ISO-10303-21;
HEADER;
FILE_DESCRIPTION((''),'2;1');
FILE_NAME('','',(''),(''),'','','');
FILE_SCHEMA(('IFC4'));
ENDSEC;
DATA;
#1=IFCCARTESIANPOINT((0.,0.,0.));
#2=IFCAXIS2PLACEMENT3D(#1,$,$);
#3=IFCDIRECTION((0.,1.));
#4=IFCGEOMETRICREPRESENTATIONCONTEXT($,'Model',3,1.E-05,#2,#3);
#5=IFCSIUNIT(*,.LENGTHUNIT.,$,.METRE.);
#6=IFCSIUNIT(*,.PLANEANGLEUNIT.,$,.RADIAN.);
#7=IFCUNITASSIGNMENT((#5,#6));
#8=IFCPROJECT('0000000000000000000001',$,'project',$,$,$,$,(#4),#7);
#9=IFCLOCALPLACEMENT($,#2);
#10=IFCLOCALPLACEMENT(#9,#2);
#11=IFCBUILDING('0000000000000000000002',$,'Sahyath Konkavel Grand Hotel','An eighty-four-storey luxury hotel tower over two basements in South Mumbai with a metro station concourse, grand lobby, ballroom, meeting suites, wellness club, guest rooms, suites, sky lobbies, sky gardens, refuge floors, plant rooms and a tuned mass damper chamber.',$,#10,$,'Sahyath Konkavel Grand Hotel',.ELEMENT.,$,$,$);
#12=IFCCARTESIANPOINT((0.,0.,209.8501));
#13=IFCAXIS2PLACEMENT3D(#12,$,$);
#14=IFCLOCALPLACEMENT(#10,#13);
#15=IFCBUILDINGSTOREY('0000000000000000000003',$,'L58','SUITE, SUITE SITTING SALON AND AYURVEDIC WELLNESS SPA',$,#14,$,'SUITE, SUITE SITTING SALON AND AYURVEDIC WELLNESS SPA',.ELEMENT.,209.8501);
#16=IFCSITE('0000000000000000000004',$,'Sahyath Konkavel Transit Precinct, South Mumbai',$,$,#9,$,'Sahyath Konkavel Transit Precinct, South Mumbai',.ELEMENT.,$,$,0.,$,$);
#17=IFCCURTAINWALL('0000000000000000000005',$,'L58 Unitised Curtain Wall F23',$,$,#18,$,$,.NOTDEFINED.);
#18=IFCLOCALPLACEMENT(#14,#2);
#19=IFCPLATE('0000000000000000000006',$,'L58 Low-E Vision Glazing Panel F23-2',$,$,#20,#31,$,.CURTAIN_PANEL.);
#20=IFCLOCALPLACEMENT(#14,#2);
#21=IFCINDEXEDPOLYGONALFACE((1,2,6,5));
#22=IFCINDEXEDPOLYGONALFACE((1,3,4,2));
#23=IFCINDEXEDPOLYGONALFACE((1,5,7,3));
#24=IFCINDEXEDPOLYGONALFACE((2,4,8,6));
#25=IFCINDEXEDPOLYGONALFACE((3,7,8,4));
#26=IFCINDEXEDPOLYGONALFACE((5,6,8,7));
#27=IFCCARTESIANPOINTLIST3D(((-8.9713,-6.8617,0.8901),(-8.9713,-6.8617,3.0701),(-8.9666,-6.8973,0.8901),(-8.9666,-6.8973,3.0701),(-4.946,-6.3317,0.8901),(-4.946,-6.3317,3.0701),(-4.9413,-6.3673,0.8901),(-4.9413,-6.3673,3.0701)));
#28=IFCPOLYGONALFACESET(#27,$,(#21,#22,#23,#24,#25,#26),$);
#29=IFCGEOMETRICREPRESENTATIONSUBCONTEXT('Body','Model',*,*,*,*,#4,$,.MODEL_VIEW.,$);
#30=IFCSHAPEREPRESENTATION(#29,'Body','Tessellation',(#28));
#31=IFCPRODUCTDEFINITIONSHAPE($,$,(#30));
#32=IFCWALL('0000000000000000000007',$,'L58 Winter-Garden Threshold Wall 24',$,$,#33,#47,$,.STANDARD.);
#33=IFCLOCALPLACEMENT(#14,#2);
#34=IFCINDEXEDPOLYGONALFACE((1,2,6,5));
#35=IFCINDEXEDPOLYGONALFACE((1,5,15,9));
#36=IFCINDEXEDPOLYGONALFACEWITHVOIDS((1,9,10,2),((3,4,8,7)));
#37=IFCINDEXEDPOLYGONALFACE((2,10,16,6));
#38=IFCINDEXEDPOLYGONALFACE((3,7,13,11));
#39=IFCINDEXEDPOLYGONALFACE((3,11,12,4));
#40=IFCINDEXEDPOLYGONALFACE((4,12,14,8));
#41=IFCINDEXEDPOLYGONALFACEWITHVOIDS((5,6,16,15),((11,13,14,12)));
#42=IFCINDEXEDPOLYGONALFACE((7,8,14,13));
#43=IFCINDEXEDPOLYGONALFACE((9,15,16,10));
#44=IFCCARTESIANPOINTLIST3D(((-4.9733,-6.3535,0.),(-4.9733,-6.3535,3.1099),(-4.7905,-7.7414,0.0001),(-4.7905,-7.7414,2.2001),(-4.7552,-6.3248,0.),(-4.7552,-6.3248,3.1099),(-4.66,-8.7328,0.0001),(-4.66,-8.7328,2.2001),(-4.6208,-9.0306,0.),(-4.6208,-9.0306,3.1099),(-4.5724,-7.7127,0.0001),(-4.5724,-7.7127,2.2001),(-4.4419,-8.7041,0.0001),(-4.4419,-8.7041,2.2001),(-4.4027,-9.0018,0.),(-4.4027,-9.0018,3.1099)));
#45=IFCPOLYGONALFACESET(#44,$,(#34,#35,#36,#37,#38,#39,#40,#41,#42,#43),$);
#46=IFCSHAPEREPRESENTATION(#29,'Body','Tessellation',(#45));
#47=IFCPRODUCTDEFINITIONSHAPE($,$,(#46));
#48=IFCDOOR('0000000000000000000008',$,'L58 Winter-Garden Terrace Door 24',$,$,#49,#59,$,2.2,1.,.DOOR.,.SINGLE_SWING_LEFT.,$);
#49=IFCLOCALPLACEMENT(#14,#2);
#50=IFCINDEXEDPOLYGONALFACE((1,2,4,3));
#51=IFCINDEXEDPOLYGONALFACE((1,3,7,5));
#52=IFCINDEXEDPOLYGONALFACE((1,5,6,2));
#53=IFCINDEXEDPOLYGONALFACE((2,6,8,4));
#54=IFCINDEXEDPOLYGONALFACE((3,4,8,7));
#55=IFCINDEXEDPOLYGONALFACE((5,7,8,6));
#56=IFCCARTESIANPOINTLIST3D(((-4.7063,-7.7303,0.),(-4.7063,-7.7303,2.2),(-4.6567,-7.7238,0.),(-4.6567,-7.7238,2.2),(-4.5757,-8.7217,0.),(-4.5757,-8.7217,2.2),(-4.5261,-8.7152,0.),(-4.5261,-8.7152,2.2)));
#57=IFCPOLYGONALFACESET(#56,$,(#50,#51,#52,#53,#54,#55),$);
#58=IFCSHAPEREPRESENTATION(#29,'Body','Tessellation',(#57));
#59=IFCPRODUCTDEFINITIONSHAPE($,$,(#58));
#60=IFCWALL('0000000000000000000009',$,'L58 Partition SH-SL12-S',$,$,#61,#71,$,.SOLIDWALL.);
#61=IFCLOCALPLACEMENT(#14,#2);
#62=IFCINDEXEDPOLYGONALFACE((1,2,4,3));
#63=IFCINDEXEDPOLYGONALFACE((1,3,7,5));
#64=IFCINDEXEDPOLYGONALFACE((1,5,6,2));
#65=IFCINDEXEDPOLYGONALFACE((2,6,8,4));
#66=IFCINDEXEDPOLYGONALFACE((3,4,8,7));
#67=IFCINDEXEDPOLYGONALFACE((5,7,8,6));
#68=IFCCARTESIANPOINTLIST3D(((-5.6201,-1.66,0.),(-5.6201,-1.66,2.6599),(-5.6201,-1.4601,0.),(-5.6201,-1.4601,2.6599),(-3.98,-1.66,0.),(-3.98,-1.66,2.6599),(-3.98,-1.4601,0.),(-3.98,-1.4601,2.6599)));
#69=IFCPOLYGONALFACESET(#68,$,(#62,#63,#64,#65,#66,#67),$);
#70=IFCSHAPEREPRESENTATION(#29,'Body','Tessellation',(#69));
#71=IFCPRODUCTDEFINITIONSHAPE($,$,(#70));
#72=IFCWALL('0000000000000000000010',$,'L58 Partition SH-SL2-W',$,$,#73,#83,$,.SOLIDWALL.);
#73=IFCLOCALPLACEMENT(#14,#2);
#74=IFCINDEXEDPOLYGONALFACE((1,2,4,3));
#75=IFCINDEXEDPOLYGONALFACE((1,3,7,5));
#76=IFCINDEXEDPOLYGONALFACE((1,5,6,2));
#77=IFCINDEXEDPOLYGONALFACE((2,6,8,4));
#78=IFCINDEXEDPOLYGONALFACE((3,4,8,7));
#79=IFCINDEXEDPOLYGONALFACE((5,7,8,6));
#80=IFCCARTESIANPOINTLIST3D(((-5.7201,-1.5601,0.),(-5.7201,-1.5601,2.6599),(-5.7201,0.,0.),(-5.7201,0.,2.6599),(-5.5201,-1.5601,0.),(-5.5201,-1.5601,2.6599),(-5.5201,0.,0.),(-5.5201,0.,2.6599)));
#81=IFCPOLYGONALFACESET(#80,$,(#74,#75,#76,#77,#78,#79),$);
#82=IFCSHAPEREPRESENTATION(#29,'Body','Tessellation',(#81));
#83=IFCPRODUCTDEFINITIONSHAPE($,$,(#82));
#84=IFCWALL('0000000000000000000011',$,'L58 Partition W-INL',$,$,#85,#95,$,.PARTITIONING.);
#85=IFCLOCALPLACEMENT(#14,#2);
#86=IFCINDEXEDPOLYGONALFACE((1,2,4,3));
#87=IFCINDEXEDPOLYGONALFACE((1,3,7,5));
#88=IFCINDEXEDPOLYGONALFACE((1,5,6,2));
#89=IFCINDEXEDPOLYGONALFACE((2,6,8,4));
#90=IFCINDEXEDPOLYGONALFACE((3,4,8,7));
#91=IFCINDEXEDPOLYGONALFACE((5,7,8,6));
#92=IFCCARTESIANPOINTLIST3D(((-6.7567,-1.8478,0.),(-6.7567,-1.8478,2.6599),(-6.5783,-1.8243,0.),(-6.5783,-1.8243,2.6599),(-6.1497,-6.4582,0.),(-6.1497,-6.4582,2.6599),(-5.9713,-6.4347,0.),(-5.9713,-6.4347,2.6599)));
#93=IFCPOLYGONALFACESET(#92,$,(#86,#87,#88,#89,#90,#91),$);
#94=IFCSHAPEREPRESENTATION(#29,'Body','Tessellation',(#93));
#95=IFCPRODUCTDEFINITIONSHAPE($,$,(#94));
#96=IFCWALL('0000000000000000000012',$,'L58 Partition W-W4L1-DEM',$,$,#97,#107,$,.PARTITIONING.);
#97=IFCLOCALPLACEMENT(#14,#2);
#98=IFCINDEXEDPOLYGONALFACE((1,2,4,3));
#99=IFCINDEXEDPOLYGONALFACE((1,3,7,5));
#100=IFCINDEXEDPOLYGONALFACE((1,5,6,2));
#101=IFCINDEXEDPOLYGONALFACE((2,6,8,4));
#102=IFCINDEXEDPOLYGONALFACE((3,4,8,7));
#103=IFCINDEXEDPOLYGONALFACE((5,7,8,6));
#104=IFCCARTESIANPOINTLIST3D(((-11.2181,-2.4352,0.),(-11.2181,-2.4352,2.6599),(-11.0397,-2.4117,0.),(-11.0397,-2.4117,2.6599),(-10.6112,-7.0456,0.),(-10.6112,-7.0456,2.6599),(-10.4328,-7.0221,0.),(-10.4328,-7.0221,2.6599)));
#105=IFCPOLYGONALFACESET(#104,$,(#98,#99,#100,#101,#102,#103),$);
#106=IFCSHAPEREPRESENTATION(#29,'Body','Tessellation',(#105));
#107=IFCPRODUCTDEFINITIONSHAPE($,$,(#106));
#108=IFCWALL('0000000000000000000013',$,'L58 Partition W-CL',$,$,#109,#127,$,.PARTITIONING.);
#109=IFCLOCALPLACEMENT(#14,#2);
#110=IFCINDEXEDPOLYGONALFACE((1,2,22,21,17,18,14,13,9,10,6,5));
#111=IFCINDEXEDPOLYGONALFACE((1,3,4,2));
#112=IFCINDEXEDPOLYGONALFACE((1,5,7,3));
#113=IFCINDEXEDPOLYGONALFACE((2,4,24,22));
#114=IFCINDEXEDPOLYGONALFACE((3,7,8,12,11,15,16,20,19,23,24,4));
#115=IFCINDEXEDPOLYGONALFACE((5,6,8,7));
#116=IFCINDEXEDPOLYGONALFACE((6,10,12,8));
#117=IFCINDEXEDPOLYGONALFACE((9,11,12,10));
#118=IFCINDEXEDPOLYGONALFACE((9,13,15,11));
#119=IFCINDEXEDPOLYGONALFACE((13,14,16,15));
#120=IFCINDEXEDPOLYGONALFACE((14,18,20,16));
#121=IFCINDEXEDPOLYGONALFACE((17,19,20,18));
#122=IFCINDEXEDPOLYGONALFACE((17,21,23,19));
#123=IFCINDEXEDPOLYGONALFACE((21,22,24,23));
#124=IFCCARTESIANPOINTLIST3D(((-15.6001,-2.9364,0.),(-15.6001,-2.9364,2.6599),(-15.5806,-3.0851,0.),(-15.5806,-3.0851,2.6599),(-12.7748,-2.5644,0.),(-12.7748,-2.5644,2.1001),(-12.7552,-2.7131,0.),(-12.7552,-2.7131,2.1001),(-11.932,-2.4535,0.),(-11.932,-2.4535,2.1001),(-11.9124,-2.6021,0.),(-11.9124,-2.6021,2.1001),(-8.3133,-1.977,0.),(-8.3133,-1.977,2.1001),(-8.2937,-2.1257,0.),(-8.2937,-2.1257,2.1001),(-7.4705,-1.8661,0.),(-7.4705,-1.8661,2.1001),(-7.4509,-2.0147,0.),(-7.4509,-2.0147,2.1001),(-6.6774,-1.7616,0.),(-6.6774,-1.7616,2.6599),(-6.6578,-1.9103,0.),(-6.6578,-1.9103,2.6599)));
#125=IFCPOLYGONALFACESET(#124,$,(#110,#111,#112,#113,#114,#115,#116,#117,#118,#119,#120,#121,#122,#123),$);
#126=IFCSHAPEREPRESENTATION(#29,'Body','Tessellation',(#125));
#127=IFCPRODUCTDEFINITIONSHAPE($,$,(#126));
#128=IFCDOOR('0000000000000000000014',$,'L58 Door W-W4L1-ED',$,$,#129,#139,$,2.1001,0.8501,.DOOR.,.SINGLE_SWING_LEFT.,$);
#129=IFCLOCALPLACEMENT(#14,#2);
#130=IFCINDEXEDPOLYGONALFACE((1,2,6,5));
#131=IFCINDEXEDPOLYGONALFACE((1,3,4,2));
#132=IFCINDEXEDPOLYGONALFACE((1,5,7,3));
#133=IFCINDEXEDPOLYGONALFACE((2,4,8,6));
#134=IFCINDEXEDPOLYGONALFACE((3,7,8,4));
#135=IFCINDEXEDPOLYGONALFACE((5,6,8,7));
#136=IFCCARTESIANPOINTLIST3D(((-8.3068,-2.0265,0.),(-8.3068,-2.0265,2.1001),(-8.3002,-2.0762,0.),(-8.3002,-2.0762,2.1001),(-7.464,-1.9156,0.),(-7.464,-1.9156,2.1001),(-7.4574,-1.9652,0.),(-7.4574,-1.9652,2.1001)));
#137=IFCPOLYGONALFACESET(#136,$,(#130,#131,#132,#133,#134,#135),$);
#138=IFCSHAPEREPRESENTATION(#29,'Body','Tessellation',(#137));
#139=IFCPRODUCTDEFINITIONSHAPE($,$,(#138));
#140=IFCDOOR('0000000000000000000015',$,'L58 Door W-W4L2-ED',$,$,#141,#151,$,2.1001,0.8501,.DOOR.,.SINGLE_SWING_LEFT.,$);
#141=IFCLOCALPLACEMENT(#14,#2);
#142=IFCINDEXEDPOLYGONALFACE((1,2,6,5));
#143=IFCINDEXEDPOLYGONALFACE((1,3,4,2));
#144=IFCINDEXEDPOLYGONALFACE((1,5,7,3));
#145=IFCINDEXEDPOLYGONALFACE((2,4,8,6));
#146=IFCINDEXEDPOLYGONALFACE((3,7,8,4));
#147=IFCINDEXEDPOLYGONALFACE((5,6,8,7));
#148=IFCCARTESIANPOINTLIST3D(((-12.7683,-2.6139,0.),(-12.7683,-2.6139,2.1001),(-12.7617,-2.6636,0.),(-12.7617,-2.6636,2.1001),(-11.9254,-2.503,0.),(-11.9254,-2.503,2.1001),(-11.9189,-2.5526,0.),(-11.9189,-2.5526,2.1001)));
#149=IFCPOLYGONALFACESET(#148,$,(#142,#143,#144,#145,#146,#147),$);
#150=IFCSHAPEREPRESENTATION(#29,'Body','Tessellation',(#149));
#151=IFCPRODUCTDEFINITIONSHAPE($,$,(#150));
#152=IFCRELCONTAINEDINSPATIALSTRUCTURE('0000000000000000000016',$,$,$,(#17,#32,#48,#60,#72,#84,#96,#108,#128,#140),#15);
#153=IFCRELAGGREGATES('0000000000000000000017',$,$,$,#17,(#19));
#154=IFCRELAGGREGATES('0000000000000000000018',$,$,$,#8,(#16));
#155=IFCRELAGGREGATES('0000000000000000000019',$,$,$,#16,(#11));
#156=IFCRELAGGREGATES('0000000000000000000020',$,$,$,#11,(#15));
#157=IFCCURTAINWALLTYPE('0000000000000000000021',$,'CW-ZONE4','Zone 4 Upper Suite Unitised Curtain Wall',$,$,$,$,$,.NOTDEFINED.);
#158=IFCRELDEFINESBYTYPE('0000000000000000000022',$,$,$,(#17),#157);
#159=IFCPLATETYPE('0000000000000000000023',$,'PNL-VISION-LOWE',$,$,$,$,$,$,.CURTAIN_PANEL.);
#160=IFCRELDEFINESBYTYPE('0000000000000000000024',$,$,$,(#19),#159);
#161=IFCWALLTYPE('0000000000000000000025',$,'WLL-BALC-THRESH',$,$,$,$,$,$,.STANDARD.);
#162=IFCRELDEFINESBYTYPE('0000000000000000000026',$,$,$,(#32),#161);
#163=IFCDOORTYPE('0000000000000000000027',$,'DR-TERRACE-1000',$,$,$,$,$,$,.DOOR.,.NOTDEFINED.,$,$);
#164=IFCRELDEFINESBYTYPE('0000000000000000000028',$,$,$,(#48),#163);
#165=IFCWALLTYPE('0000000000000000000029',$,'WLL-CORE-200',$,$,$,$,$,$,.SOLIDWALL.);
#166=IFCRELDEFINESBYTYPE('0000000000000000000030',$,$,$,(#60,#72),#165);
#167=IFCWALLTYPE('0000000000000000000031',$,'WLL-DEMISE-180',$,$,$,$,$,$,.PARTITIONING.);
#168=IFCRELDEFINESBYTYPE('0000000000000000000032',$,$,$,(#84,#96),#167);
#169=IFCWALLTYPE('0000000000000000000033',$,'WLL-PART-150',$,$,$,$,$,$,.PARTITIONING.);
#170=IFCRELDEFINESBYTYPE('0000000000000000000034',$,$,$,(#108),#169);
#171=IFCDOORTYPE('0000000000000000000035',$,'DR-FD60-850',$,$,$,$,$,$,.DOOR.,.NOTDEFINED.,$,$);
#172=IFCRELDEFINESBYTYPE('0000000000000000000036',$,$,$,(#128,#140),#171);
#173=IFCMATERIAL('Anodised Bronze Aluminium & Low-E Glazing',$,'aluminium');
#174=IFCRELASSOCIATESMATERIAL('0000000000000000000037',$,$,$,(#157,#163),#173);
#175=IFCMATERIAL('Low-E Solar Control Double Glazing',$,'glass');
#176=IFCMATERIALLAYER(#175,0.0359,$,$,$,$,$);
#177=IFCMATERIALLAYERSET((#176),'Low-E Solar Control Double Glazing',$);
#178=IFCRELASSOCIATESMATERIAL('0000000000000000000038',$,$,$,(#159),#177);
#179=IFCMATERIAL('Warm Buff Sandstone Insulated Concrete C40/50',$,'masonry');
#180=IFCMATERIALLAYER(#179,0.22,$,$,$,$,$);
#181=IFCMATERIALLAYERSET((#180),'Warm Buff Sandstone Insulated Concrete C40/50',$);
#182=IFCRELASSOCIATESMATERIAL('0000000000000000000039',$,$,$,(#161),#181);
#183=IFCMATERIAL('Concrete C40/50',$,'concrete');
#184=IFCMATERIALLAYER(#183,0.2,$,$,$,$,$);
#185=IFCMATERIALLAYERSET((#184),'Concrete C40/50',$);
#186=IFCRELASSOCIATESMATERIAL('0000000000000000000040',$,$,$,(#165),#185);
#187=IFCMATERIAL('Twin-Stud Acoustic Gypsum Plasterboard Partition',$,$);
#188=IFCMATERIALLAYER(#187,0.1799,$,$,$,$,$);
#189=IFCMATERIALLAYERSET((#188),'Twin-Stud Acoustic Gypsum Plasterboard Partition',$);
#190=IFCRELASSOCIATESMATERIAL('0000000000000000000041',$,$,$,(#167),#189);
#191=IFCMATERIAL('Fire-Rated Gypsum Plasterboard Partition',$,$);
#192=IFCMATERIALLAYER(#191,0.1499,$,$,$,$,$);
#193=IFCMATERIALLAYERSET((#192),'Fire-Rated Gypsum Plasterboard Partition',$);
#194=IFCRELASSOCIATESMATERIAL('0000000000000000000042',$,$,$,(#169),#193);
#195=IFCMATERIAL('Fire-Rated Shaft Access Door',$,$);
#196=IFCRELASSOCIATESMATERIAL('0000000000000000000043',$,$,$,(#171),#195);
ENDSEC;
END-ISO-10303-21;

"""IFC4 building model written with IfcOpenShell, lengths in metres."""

from ifc_helpers import new_model, si_unit, direction, frame, frame_2d, origin, origin_2d, place, context, subcontext, project, spatial, rectangle, extrude, source, transform, mapped, material, layer, layer_set, type_object, element, fill, aggregate, save


model = new_model("IFC4")

# Units and contexts
model_context = context("Model", 3, precision=1e-05, world=origin(), true_north=direction((0.0, 1.0)))
body_context = subcontext(model_context, "Body", "Model", "MODEL_VIEW")
ifc_project = project(units=[si_unit("LENGTHUNIT", "METRE"), si_unit("PLANEANGLEUNIT", "RADIAN")], contexts=[model_context])

# Site, building, storey
site_placement = place(None, origin())
site = spatial("IfcSite", under=ifc_project, at=site_placement, Name="Sahyath Konkavel Transit Precinct, South Mumbai", LongName="Sahyath Konkavel Transit Precinct, South Mumbai", CompositionType="ELEMENT", RefElevation=0.0)
building_placement = place(site_placement, origin())
building = spatial("IfcBuilding", under=site, at=building_placement, Name="Sahyath Konkavel Grand Hotel", Description="An eighty-four-storey luxury hotel tower over two basements in South Mumbai with a metro station concourse, grand lobby, ballroom, meeting suites, wellness club, guest rooms, suites, sky lobbies, sky gardens, refuge floors, plant rooms and a tuned mass damper chamber.", LongName="Sahyath Konkavel Grand Hotel", CompositionType="ELEMENT")
storey_placement = place(building_placement, frame((0.0, 0.0, 209.8501)))
storey = spatial("IfcBuildingStorey", under=building, at=storey_placement, Name="L58", Description="SUITE, SUITE SITTING SALON AND AYURVEDIC WELLNESS SPA", LongName="SUITE, SUITE SITTING SALON AND AYURVEDIC WELLNESS SPA", CompositionType="ELEMENT", Elevation=209.8501)

# Shared definitions
ifc_material_1 = material(Name="Concrete C40/50", Category="concrete")

# Curtain wall
ifc_material_2 = material(Name="Anodised Bronze Aluminium & Low-E Glazing", Category="aluminium")
curtain_wall_type = type_object("IfcCurtainWallType", Name="CW-ZONE4", Description="Zone 4 Upper Suite Unitised Curtain Wall", PredefinedType="NOTDEFINED", material=ifc_material_2)
curtain_wall_1_placement = place(storey_placement, origin())
curtain_wall_1 = element("IfcCurtainWall", 1, at=curtain_wall_1_placement, inside=storey, type_object=curtain_wall_type, Name="L58 Unitised Curtain Wall F23", PredefinedType="NOTDEFINED")

# Plate
ifc_material_3 = material(Name="Low-E Solar Control Double Glazing", Category="glass")
ifc_layer_1 = layer(ifc_material_3, 0.0359)
ifc_layer_set_1 = layer_set([ifc_layer_1], Name="Low-E Solar Control Double Glazing")
plate_type_1 = type_object("IfcPlateType", Name="PNL-VISION-LOWE", PredefinedType="CURTAIN_PANEL", material=ifc_layer_set_1)
shared_shape_1 = source(origin(), body_context, "Body", "SweptSolid", [
    extrude(rectangle(XDim=4.0601, YDim=0.0359, at=origin_2d()), origin(), (0.0, 0.0, 1.0), 2.1799),
])
plate_1_placement = place(storey_placement, frame((-6.9563, -6.6145, 0.8901), z_axis=(0.0, 0.0, 1.0), x_axis=(0.991445, 0.130526, 0.0)))
plate_1 = element("IfcPlate", 2, at=plate_1_placement, type_object=plate_type_1, Name="L58 Low-E Vision Glazing Panel F23-2", PredefinedType="CURTAIN_PANEL", context=body_context, shape_type="MappedRepresentation", body=[
    mapped(shared_shape_1, transform((0.0, 0.0, 0.0), scale=1.0)),
])
aggregate(curtain_wall_1, [plate_1])

# Wall, opening, door
ifc_material_4 = material(Name="Warm Buff Sandstone Insulated Concrete C40/50", Category="masonry")
ifc_layer_2 = layer(ifc_material_4, 0.22)
ifc_layer_set_2 = layer_set([ifc_layer_2], Name="Warm Buff Sandstone Insulated Concrete C40/50")
wall_type_1 = type_object("IfcWallType", Name="WLL-BALC-THRESH", PredefinedType="STANDARD", material=ifc_layer_set_2)
wall_1_placement = place(storey_placement, frame((-4.8643, -6.3391, 0.0), z_axis=(0.0, 0.0, 1.0), x_axis=(0.130564, -0.99144, 0.0)))
wall_1 = element("IfcWall", 3, at=wall_1_placement, inside=storey, type_object=wall_type_1, Name="L58 Winter-Garden Threshold Wall 24", PredefinedType="STANDARD", context=body_context, shape_type="SweptSolid", body=[
    extrude(rectangle(XDim=2.7002, YDim=0.22, at=frame_2d((1.3501, 0.0))), origin(), (0.0, 0.0, 1.0), 3.1099),
])
opening_1_placement = place(wall_1_placement, frame((1.3999, 0.0, 0.0)))
opening_1 = element("IfcOpeningElement", 4, at=opening_1_placement, cuts=wall_1, PredefinedType="OPENING", context=body_context, shape_type="SweptSolid", body=[
    extrude(rectangle(XDim=1.0, YDim=2.2, at=frame_2d((0.5, 1.1001))), frame((0.0, 0.1201, 0.0), z_axis=(0.0, -1.0, 0.0), x_axis=(1.0, 0.0, 0.0)), (0.0, 0.0, 1.0), 0.24),
])
door_type_1 = type_object("IfcDoorType", Name="DR-TERRACE-1000", OperationType="NOTDEFINED", PredefinedType="DOOR", material=ifc_material_2)
shared_shape_2 = source(origin(), body_context, "Body", "SweptSolid", [
    extrude(rectangle(XDim=1.0, YDim=0.05, at=origin_2d()), origin(), (0.0, 0.0, 1.0), 2.2),
])
door_1_placement = place(opening_1_placement, frame((0.5, 0.0, 0.0)))
door_1 = element("IfcDoor", 5, at=door_1_placement, inside=storey, type_object=door_type_1, Name="L58 Winter-Garden Terrace Door 24", OperationType="SINGLE_SWING_LEFT", OverallHeight=2.2, OverallWidth=1.0, PredefinedType="DOOR", context=body_context, shape_type="MappedRepresentation", body=[
    mapped(shared_shape_2, transform((0.0, 0.0, 0.0), scale=1.0)),
])
fill(opening_1, door_1)

# Walls
ifc_layer_3 = layer(ifc_material_1, 0.2)
ifc_layer_set_3 = layer_set([ifc_layer_3], Name="Concrete C40/50")
wall_type_2 = type_object("IfcWallType", Name="WLL-CORE-200", PredefinedType="SOLIDWALL", material=ifc_layer_set_3)
wall_2_placement = place(storey_placement, frame((-5.6201, -1.5601, 0.0), z_axis=(0.0, 0.0, 1.0), x_axis=(1.0, 0.0, 0.0)))
element("IfcWall", 6, at=wall_2_placement, inside=storey, type_object=wall_type_2, Name="L58 Partition SH-SL12-S", PredefinedType="SOLIDWALL", context=body_context, shape_type="SweptSolid", body=[
    extrude(rectangle(XDim=1.6401, YDim=0.2, at=frame_2d((0.8201, 0.0))), origin(), (0.0, 0.0, 1.0), 2.6599),
])
wall_3_placement = place(storey_placement, frame((-5.6201, -1.5601, 0.0), z_axis=(0.0, 0.0, 1.0), x_axis=(0.0, 1.0, 0.0)))
element("IfcWall", 7, at=wall_3_placement, inside=storey, type_object=wall_type_2, Name="L58 Partition SH-SL2-W", PredefinedType="SOLIDWALL", context=body_context, shape_type="SweptSolid", body=[
    extrude(rectangle(XDim=1.5601, YDim=0.2, at=frame_2d((0.78, 0.0))), origin(), (0.0, 0.0, 1.0), 2.6599),
])
ifc_material_5 = material(Name="Twin-Stud Acoustic Gypsum Plasterboard Partition")
ifc_layer_4 = layer(ifc_material_5, 0.1799)
ifc_layer_set_4 = layer_set([ifc_layer_4], Name="Twin-Stud Acoustic Gypsum Plasterboard Partition")
wall_type_3 = type_object("IfcWallType", Name="WLL-DEMISE-180", PredefinedType="PARTITIONING", material=ifc_layer_set_4)
for number, where, z_axis, x_axis, name in (
    (8, (-6.6675, -1.8359, 0.0), (0.0, 0.0, 1.0), (0.13052, -0.991446, 0.0), "L58 Partition W-INL"),
    (9, (-11.1289, -2.4233, 0.0), (0.0, 0.0, 1.0), (0.13052, -0.991446, 0.0), "L58 Partition W-W4L1-DEM"),
):
    element("IfcWall", number, at=place(storey_placement, frame(where, z_axis=z_axis, x_axis=x_axis)), inside=storey, type_object=wall_type_3, Name=name, PredefinedType="PARTITIONING", context=body_context, shape_type="SweptSolid", body=[
        extrude(rectangle(XDim=4.6501, YDim=0.1799, at=frame_2d((2.3252, 0.0))), origin(), (0.0, 0.0, 1.0), 2.6599),
    ])

# Wall, openings, doors
ifc_material_6 = material(Name="Fire-Rated Gypsum Plasterboard Partition")
ifc_layer_5 = layer(ifc_material_6, 0.1499)
ifc_layer_set_5 = layer_set([ifc_layer_5], Name="Fire-Rated Gypsum Plasterboard Partition")
wall_type_4 = type_object("IfcWallType", Name="WLL-PART-150", PredefinedType="PARTITIONING", material=ifc_layer_set_5)
wall_4_placement = place(storey_placement, frame((-6.6675, -1.8359, 0.0), z_axis=(0.0, 0.0, 1.0), x_axis=(-0.991444, -0.130536, 0.0)))
wall_4 = element("IfcWall", 10, at=wall_4_placement, inside=storey, type_object=wall_type_4, Name="L58 Partition W-CL", PredefinedType="PARTITIONING", context=body_context, shape_type="SweptSolid", body=[
    extrude(rectangle(XDim=8.9998, YDim=0.1499, at=frame_2d((4.5, 0.0))), origin(), (0.0, 0.0, 1.0), 2.6599),
])
opening_2_placement = place(wall_4_placement, frame((0.8, 0.0, 0.0)))
opening_2 = element("IfcOpeningElement", 11, at=opening_2_placement, cuts=wall_4, PredefinedType="OPENING", context=body_context, shape_type="SweptSolid", body=[
    extrude(rectangle(XDim=0.8501, YDim=2.1001, at=frame_2d((0.425, 1.05))), frame((0.0, 0.085, 0.0), z_axis=(0.0, -1.0, 0.0), x_axis=(1.0, 0.0, 0.0)), (0.0, 0.0, 1.0), 0.1699),
])
opening_3_placement = place(wall_4_placement, frame((5.3, 0.0, 0.0)))
opening_3 = element("IfcOpeningElement", 12, at=opening_3_placement, cuts=wall_4, PredefinedType="OPENING", context=body_context, shape_type="SweptSolid", body=[
    extrude(rectangle(XDim=0.8501, YDim=2.1001, at=frame_2d((0.425, 1.05))), frame((0.0, 0.085, 0.0), z_axis=(0.0, -1.0, 0.0), x_axis=(1.0, 0.0, 0.0)), (0.0, 0.0, 1.0), 0.1699),
])
ifc_material_7 = material(Name="Fire-Rated Shaft Access Door")
door_type_2 = type_object("IfcDoorType", Name="DR-FD60-850", OperationType="NOTDEFINED", PredefinedType="DOOR", material=ifc_material_7)
shared_shape_3 = source(origin(), body_context, "Body", "SweptSolid", [
    extrude(rectangle(XDim=0.8501, YDim=0.05, at=origin_2d()), origin(), (0.0, 0.0, 1.0), 2.1001),
])
door_2_placement = place(opening_2_placement, frame((0.425, 0.0, 0.0)))
door_2 = element("IfcDoor", 13, at=door_2_placement, inside=storey, type_object=door_type_2, Name="L58 Door W-W4L1-ED", OperationType="SINGLE_SWING_LEFT", OverallHeight=2.1001, OverallWidth=0.8501, PredefinedType="DOOR", context=body_context, shape_type="MappedRepresentation", body=[
    mapped(shared_shape_3, transform((0.0, 0.0, 0.0), scale=1.0)),
])
fill(opening_2, door_2)
door_3_placement = place(opening_3_placement, frame((0.425, 0.0, 0.0)))
door_3 = element("IfcDoor", 14, at=door_3_placement, inside=storey, type_object=door_type_2, Name="L58 Door W-W4L2-ED", OperationType="SINGLE_SWING_LEFT", OverallHeight=2.1001, OverallWidth=0.8501, PredefinedType="DOOR", context=body_context, shape_type="MappedRepresentation", body=[
    mapped(shared_shape_3, transform((0.0, 0.0, 0.0), scale=1.0)),
])
fill(opening_3, door_3)

save(model, "model.ifc")
